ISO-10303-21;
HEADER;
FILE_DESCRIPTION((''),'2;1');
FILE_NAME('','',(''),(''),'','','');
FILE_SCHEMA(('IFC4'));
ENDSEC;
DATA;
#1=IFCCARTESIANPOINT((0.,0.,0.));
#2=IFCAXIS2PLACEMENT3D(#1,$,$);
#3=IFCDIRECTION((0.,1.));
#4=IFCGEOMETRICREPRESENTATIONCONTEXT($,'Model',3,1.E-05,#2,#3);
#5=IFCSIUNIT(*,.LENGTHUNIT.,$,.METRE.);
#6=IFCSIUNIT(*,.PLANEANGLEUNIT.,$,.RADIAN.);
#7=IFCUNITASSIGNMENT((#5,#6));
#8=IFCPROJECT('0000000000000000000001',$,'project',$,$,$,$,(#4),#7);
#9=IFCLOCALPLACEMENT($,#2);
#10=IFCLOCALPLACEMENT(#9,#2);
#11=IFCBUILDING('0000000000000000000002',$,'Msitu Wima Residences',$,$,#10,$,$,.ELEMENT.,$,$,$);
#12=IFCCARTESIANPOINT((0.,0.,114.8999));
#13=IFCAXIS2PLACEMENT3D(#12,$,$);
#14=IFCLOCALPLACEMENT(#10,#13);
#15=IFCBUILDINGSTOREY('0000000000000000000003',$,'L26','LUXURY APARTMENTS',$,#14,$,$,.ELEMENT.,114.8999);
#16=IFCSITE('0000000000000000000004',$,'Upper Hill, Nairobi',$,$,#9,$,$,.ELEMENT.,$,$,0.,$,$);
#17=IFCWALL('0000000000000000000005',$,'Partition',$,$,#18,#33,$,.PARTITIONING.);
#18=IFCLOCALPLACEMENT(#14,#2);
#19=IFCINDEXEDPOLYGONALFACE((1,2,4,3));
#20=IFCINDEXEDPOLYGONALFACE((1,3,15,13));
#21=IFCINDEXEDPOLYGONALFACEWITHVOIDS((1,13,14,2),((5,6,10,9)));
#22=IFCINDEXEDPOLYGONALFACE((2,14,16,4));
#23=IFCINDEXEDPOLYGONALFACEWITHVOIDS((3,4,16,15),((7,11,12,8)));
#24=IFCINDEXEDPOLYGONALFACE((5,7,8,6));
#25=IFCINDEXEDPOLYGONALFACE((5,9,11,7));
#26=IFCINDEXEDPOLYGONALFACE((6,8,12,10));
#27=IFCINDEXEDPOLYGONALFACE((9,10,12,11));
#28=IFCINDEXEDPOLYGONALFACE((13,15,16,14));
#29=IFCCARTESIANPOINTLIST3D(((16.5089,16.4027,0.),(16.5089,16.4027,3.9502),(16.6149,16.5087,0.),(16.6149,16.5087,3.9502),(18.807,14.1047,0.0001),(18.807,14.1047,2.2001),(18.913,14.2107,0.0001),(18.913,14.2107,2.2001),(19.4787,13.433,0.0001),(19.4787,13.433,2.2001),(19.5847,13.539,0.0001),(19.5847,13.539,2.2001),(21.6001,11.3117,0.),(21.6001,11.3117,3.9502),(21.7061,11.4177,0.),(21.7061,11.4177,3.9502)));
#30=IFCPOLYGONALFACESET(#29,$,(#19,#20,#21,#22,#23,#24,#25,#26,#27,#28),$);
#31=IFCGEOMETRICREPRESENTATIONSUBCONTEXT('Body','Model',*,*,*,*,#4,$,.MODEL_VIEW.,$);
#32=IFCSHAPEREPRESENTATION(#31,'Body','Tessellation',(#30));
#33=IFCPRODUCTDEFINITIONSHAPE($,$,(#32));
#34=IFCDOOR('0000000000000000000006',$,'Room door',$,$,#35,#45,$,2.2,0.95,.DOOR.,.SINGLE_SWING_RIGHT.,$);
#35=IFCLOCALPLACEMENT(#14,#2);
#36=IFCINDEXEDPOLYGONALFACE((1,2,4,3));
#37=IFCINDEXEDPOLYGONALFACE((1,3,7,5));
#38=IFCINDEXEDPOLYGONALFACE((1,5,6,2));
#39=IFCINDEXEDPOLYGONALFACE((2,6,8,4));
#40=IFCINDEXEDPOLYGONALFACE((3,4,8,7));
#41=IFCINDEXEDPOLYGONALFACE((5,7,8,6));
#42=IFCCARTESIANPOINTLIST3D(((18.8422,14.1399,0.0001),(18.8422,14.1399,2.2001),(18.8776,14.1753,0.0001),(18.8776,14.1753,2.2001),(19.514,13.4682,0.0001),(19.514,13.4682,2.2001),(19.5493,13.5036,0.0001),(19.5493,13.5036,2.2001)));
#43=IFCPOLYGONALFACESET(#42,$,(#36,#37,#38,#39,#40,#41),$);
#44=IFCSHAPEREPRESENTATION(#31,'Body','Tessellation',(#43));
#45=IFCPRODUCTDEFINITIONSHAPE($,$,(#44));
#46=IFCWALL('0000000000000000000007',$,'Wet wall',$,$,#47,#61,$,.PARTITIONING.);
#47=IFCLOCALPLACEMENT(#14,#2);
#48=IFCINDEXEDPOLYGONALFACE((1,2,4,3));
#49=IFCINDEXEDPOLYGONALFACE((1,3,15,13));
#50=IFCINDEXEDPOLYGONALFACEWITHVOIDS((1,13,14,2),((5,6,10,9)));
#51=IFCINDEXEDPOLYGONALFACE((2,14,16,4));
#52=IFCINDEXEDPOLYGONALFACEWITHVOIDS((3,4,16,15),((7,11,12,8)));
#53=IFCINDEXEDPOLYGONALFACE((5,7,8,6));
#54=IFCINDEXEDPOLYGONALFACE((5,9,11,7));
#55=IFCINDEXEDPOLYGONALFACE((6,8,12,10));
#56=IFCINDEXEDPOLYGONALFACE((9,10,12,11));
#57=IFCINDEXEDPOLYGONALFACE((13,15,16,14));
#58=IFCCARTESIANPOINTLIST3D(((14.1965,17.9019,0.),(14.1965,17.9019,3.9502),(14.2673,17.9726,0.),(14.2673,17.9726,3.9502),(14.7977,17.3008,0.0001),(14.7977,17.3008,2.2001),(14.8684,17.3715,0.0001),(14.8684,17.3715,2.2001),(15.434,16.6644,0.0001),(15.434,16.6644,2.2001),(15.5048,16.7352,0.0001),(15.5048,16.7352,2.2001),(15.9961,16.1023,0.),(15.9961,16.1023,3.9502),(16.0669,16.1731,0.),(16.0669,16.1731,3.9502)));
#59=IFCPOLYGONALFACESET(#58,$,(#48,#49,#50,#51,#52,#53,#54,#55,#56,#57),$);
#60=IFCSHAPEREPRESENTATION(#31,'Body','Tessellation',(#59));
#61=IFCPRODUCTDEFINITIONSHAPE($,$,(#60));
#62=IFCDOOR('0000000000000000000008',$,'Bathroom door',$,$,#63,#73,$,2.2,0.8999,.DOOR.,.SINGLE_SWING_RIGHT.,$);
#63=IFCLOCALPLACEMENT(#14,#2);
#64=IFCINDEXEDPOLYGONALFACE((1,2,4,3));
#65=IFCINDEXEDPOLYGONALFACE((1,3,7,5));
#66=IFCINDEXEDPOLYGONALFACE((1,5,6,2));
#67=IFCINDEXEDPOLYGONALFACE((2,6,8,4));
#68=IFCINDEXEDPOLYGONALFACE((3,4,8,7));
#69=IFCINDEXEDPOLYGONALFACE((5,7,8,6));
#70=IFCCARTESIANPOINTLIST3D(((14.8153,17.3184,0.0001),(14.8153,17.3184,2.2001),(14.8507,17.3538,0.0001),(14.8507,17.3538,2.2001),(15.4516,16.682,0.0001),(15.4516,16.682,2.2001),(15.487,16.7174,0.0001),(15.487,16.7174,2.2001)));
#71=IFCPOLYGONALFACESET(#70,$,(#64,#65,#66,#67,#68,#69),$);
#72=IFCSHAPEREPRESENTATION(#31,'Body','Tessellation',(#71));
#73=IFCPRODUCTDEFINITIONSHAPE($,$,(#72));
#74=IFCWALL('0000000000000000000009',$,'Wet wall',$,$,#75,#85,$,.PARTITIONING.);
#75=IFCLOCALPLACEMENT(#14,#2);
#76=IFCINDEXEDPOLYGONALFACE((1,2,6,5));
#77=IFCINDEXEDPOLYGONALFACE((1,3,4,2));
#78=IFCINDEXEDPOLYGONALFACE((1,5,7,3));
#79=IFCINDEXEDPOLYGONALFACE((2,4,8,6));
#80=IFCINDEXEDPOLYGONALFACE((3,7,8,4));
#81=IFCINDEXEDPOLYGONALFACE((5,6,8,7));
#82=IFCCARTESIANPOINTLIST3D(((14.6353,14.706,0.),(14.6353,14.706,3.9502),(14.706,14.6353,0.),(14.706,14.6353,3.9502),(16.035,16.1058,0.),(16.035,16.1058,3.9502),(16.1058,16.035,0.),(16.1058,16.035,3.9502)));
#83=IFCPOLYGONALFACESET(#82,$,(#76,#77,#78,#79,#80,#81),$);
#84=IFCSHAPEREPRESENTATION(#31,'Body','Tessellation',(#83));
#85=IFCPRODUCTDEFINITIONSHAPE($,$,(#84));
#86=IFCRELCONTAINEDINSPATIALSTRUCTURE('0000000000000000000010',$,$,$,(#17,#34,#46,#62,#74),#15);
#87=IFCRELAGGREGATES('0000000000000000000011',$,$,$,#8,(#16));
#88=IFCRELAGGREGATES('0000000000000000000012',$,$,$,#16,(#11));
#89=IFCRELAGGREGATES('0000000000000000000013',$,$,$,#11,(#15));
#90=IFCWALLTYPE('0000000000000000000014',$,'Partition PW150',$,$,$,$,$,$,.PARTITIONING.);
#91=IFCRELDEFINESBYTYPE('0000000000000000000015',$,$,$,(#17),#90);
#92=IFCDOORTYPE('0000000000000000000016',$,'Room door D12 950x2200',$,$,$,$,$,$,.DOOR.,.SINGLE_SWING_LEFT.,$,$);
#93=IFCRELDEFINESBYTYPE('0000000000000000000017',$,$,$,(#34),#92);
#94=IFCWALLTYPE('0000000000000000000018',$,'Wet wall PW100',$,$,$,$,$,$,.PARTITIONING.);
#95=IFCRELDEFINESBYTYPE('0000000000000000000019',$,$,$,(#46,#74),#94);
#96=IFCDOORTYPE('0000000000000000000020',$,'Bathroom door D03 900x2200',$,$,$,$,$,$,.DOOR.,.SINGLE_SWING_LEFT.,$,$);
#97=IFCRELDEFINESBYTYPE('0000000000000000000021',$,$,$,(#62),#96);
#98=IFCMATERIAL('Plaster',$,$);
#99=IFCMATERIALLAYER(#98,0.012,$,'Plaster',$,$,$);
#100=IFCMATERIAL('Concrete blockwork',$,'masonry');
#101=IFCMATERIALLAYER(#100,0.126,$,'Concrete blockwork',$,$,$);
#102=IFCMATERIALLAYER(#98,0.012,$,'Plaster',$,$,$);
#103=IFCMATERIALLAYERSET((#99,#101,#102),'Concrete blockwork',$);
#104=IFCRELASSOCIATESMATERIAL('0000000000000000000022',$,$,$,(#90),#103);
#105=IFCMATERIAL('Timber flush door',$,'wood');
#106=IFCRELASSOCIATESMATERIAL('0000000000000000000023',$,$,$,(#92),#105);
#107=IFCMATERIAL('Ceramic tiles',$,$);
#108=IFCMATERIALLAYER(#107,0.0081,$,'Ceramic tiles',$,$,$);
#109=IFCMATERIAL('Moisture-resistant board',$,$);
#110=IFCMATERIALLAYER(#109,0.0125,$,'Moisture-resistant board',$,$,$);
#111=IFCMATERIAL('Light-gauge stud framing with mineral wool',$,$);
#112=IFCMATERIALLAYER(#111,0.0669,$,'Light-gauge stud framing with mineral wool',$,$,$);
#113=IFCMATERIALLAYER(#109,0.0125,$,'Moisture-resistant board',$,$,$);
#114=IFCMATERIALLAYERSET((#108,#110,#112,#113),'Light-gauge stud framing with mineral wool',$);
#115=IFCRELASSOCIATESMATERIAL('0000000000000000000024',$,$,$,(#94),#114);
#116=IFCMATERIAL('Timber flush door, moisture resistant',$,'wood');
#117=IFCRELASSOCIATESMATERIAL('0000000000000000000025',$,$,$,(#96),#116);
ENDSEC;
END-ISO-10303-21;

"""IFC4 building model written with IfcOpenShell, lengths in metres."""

from ifc_helpers import new_model, si_unit, direction, frame, frame_2d, origin, place, context, subcontext, project, spatial, rectangle, extrude, material, layer, layer_set, type_object, element, fill, save


model = new_model("IFC4")

# Units and contexts
model_context = context("Model", 3, precision=1e-05, world=origin(), true_north=direction((0.0, 1.0)))
body_context = subcontext(model_context, "Body", "Model", "MODEL_VIEW")
ifc_project = project(units=[si_unit("LENGTHUNIT", "METRE"), si_unit("PLANEANGLEUNIT", "RADIAN")], contexts=[model_context])

# Site, building, storey
site_placement = place(None, origin())
site = spatial("IfcSite", under=ifc_project, at=site_placement, Name="Upper Hill, Nairobi", CompositionType="ELEMENT", RefElevation=0.0)
building_placement = place(site_placement, origin())
building = spatial("IfcBuilding", under=site, at=building_placement, Name="Msitu Wima Residences", CompositionType="ELEMENT")
storey_placement = place(building_placement, frame((0.0, 0.0, 114.8999)))
storey = spatial("IfcBuildingStorey", under=building, at=storey_placement, Name="L26", Description="LUXURY APARTMENTS", CompositionType="ELEMENT", Elevation=114.8999)

# Shared definitions
ifc_material_1 = material(Name="Plaster")
ifc_layer_1 = layer(ifc_material_1, 0.012, Name="Plaster")
ifc_material_2 = material(Name="Concrete blockwork", Category="masonry")
ifc_layer_2 = layer(ifc_material_2, 0.126, Name="Concrete blockwork")
ifc_layer_3 = layer(ifc_material_1, 0.012, Name="Plaster")
ifc_layer_set_1 = layer_set([ifc_layer_1, ifc_layer_2, ifc_layer_3], Name="Concrete blockwork")
wall_type_1 = type_object("IfcWallType", Name="Partition PW150", PredefinedType="PARTITIONING", material=ifc_layer_set_1)

# Walls, openings, doors
ifc_material_3 = material(Name="Timber flush door", Category="wood")
door_type_1 = type_object("IfcDoorType", Name="Room door D12 950x2200", OperationType="SINGLE_SWING_LEFT", PredefinedType="DOOR", material=ifc_material_3)
wall_1_placement = place(storey_placement, frame((16.5618, 16.4558, 0.0), z_axis=(0.0, 0.0, 1.0), x_axis=(0.707124, -0.70709, 0.0)))
wall_1 = element("IfcWall", 1, at=wall_1_placement, inside=storey, type_object=wall_type_1, Name="Partition", PredefinedType="PARTITIONING", context=body_context, shape_type="SweptSolid", body=[
    extrude(rectangle(XDim=7.2, YDim=0.1499, at=frame_2d((3.6001, 0.0))), origin(), (0.0, 0.0, 1.0), 3.9502),
])
opening_1_placement = place(wall_1_placement, frame((3.25, 0.0, 0.0)))
opening_1 = element("IfcOpeningElement", 2, at=opening_1_placement, cuts=wall_1, PredefinedType="OPENING", context=body_context, shape_type="SweptSolid", body=[
    extrude(rectangle(XDim=0.95, YDim=2.2, at=frame_2d((0.4751, 1.1001))), frame((0.0, 0.085, 0.0), z_axis=(0.0, -1.0, 0.0), x_axis=(1.0, 0.0, 0.0)), (0.0, 0.0, 1.0), 0.1699),
])
door_1_placement = place(opening_1_placement, origin())
door_1 = element("IfcDoor", 3, at=door_1_placement, inside=storey, type_object=door_type_1, Name="Room door", OperationType="SINGLE_SWING_RIGHT", OverallHeight=2.2, OverallWidth=0.95, PredefinedType="DOOR", context=body_context, shape_type="SweptSolid", body=[
    extrude(rectangle(XDim=0.95, YDim=2.2, at=frame_2d((0.4751, 1.1001))), frame((0.0, 0.0249, 0.0), z_axis=(0.0, -1.0, 0.0), x_axis=(1.0, 0.0, 0.0)), (0.0, 0.0, 1.0), 0.05),
])
fill(opening_1, door_1)
ifc_material_4 = material(Name="Ceramic tiles")
ifc_layer_4 = layer(ifc_material_4, 0.0081, Name="Ceramic tiles")
ifc_material_5 = material(Name="Moisture-resistant board")
ifc_layer_5 = layer(ifc_material_5, 0.0125, Name="Moisture-resistant board")
ifc_material_6 = material(Name="Light-gauge stud framing with mineral wool")
ifc_layer_6 = layer(ifc_material_6, 0.0669, Name="Light-gauge stud framing with mineral wool")
ifc_layer_7 = layer(ifc_material_5, 0.0125, Name="Moisture-resistant board")
ifc_layer_set_2 = layer_set([ifc_layer_4, ifc_layer_5, ifc_layer_6, ifc_layer_7], Name="Light-gauge stud framing with mineral wool")
wall_type_2 = type_object("IfcWallType", Name="Wet wall PW100", PredefinedType="PARTITIONING", material=ifc_layer_set_2)
wall_2_placement = place(storey_placement, frame((14.2319, 17.9373, 0.0), z_axis=(0.0, 0.0, 1.0), x_axis=(0.707107, -0.707107, 0.0)))
wall_2 = element("IfcWall", 4, at=wall_2_placement, inside=storey, type_object=wall_type_2, Name="Wet wall", PredefinedType="PARTITIONING", context=body_context, shape_type="SweptSolid", body=[
    extrude(rectangle(XDim=2.5449, YDim=0.1001, at=frame_2d((1.2725, 0.0))), origin(), (0.0, 0.0, 1.0), 3.9502),
])
opening_2_placement = place(wall_2_placement, frame((0.8501, 0.0, 0.0)))
opening_2 = element("IfcOpeningElement", 5, at=opening_2_placement, cuts=wall_2, PredefinedType="OPENING", context=body_context, shape_type="SweptSolid", body=[
    extrude(rectangle(XDim=0.8999, YDim=2.2, at=frame_2d((0.45, 1.1001))), frame((0.0, 0.0601, 0.0), z_axis=(0.0, -1.0, 0.0), x_axis=(1.0, 0.0, 0.0)), (0.0, 0.0, 1.0), 0.1201),
])
ifc_material_7 = material(Name="Timber flush door, moisture resistant", Category="wood")
door_type_2 = type_object("IfcDoorType", Name="Bathroom door D03 900x2200", OperationType="SINGLE_SWING_LEFT", PredefinedType="DOOR", material=ifc_material_7)
door_2_placement = place(opening_2_placement, origin())
door_2 = element("IfcDoor", 6, at=door_2_placement, inside=storey, type_object=door_type_2, Name="Bathroom door", OperationType="SINGLE_SWING_RIGHT", OverallHeight=2.2, OverallWidth=0.8999, PredefinedType="DOOR", context=body_context, shape_type="SweptSolid", body=[
    extrude(rectangle(XDim=0.8999, YDim=2.2, at=frame_2d((0.45, 1.1001))), frame((0.0, 0.0249, 0.0), z_axis=(0.0, -1.0, 0.0), x_axis=(1.0, 0.0, 0.0)), (0.0, 0.0, 1.0), 0.05),
])
fill(opening_2, door_2)

# Wall
wall_3_placement = place(storey_placement, frame((14.6707, 14.6707, 0.0), z_axis=(0.0, 0.0, 1.0), x_axis=(0.707107, 0.707107, 0.0)))
element("IfcWall", 7, at=wall_3_placement, inside=storey, type_object=wall_type_2, Name="Wet wall", PredefinedType="PARTITIONING", context=body_context, shape_type="SweptSolid", body=[
    extrude(rectangle(XDim=1.9795, YDim=0.1001, at=frame_2d((0.9897, 0.0))), origin(), (0.0, 0.0, 1.0), 3.9502),
])

save(model, "model.ifc")
